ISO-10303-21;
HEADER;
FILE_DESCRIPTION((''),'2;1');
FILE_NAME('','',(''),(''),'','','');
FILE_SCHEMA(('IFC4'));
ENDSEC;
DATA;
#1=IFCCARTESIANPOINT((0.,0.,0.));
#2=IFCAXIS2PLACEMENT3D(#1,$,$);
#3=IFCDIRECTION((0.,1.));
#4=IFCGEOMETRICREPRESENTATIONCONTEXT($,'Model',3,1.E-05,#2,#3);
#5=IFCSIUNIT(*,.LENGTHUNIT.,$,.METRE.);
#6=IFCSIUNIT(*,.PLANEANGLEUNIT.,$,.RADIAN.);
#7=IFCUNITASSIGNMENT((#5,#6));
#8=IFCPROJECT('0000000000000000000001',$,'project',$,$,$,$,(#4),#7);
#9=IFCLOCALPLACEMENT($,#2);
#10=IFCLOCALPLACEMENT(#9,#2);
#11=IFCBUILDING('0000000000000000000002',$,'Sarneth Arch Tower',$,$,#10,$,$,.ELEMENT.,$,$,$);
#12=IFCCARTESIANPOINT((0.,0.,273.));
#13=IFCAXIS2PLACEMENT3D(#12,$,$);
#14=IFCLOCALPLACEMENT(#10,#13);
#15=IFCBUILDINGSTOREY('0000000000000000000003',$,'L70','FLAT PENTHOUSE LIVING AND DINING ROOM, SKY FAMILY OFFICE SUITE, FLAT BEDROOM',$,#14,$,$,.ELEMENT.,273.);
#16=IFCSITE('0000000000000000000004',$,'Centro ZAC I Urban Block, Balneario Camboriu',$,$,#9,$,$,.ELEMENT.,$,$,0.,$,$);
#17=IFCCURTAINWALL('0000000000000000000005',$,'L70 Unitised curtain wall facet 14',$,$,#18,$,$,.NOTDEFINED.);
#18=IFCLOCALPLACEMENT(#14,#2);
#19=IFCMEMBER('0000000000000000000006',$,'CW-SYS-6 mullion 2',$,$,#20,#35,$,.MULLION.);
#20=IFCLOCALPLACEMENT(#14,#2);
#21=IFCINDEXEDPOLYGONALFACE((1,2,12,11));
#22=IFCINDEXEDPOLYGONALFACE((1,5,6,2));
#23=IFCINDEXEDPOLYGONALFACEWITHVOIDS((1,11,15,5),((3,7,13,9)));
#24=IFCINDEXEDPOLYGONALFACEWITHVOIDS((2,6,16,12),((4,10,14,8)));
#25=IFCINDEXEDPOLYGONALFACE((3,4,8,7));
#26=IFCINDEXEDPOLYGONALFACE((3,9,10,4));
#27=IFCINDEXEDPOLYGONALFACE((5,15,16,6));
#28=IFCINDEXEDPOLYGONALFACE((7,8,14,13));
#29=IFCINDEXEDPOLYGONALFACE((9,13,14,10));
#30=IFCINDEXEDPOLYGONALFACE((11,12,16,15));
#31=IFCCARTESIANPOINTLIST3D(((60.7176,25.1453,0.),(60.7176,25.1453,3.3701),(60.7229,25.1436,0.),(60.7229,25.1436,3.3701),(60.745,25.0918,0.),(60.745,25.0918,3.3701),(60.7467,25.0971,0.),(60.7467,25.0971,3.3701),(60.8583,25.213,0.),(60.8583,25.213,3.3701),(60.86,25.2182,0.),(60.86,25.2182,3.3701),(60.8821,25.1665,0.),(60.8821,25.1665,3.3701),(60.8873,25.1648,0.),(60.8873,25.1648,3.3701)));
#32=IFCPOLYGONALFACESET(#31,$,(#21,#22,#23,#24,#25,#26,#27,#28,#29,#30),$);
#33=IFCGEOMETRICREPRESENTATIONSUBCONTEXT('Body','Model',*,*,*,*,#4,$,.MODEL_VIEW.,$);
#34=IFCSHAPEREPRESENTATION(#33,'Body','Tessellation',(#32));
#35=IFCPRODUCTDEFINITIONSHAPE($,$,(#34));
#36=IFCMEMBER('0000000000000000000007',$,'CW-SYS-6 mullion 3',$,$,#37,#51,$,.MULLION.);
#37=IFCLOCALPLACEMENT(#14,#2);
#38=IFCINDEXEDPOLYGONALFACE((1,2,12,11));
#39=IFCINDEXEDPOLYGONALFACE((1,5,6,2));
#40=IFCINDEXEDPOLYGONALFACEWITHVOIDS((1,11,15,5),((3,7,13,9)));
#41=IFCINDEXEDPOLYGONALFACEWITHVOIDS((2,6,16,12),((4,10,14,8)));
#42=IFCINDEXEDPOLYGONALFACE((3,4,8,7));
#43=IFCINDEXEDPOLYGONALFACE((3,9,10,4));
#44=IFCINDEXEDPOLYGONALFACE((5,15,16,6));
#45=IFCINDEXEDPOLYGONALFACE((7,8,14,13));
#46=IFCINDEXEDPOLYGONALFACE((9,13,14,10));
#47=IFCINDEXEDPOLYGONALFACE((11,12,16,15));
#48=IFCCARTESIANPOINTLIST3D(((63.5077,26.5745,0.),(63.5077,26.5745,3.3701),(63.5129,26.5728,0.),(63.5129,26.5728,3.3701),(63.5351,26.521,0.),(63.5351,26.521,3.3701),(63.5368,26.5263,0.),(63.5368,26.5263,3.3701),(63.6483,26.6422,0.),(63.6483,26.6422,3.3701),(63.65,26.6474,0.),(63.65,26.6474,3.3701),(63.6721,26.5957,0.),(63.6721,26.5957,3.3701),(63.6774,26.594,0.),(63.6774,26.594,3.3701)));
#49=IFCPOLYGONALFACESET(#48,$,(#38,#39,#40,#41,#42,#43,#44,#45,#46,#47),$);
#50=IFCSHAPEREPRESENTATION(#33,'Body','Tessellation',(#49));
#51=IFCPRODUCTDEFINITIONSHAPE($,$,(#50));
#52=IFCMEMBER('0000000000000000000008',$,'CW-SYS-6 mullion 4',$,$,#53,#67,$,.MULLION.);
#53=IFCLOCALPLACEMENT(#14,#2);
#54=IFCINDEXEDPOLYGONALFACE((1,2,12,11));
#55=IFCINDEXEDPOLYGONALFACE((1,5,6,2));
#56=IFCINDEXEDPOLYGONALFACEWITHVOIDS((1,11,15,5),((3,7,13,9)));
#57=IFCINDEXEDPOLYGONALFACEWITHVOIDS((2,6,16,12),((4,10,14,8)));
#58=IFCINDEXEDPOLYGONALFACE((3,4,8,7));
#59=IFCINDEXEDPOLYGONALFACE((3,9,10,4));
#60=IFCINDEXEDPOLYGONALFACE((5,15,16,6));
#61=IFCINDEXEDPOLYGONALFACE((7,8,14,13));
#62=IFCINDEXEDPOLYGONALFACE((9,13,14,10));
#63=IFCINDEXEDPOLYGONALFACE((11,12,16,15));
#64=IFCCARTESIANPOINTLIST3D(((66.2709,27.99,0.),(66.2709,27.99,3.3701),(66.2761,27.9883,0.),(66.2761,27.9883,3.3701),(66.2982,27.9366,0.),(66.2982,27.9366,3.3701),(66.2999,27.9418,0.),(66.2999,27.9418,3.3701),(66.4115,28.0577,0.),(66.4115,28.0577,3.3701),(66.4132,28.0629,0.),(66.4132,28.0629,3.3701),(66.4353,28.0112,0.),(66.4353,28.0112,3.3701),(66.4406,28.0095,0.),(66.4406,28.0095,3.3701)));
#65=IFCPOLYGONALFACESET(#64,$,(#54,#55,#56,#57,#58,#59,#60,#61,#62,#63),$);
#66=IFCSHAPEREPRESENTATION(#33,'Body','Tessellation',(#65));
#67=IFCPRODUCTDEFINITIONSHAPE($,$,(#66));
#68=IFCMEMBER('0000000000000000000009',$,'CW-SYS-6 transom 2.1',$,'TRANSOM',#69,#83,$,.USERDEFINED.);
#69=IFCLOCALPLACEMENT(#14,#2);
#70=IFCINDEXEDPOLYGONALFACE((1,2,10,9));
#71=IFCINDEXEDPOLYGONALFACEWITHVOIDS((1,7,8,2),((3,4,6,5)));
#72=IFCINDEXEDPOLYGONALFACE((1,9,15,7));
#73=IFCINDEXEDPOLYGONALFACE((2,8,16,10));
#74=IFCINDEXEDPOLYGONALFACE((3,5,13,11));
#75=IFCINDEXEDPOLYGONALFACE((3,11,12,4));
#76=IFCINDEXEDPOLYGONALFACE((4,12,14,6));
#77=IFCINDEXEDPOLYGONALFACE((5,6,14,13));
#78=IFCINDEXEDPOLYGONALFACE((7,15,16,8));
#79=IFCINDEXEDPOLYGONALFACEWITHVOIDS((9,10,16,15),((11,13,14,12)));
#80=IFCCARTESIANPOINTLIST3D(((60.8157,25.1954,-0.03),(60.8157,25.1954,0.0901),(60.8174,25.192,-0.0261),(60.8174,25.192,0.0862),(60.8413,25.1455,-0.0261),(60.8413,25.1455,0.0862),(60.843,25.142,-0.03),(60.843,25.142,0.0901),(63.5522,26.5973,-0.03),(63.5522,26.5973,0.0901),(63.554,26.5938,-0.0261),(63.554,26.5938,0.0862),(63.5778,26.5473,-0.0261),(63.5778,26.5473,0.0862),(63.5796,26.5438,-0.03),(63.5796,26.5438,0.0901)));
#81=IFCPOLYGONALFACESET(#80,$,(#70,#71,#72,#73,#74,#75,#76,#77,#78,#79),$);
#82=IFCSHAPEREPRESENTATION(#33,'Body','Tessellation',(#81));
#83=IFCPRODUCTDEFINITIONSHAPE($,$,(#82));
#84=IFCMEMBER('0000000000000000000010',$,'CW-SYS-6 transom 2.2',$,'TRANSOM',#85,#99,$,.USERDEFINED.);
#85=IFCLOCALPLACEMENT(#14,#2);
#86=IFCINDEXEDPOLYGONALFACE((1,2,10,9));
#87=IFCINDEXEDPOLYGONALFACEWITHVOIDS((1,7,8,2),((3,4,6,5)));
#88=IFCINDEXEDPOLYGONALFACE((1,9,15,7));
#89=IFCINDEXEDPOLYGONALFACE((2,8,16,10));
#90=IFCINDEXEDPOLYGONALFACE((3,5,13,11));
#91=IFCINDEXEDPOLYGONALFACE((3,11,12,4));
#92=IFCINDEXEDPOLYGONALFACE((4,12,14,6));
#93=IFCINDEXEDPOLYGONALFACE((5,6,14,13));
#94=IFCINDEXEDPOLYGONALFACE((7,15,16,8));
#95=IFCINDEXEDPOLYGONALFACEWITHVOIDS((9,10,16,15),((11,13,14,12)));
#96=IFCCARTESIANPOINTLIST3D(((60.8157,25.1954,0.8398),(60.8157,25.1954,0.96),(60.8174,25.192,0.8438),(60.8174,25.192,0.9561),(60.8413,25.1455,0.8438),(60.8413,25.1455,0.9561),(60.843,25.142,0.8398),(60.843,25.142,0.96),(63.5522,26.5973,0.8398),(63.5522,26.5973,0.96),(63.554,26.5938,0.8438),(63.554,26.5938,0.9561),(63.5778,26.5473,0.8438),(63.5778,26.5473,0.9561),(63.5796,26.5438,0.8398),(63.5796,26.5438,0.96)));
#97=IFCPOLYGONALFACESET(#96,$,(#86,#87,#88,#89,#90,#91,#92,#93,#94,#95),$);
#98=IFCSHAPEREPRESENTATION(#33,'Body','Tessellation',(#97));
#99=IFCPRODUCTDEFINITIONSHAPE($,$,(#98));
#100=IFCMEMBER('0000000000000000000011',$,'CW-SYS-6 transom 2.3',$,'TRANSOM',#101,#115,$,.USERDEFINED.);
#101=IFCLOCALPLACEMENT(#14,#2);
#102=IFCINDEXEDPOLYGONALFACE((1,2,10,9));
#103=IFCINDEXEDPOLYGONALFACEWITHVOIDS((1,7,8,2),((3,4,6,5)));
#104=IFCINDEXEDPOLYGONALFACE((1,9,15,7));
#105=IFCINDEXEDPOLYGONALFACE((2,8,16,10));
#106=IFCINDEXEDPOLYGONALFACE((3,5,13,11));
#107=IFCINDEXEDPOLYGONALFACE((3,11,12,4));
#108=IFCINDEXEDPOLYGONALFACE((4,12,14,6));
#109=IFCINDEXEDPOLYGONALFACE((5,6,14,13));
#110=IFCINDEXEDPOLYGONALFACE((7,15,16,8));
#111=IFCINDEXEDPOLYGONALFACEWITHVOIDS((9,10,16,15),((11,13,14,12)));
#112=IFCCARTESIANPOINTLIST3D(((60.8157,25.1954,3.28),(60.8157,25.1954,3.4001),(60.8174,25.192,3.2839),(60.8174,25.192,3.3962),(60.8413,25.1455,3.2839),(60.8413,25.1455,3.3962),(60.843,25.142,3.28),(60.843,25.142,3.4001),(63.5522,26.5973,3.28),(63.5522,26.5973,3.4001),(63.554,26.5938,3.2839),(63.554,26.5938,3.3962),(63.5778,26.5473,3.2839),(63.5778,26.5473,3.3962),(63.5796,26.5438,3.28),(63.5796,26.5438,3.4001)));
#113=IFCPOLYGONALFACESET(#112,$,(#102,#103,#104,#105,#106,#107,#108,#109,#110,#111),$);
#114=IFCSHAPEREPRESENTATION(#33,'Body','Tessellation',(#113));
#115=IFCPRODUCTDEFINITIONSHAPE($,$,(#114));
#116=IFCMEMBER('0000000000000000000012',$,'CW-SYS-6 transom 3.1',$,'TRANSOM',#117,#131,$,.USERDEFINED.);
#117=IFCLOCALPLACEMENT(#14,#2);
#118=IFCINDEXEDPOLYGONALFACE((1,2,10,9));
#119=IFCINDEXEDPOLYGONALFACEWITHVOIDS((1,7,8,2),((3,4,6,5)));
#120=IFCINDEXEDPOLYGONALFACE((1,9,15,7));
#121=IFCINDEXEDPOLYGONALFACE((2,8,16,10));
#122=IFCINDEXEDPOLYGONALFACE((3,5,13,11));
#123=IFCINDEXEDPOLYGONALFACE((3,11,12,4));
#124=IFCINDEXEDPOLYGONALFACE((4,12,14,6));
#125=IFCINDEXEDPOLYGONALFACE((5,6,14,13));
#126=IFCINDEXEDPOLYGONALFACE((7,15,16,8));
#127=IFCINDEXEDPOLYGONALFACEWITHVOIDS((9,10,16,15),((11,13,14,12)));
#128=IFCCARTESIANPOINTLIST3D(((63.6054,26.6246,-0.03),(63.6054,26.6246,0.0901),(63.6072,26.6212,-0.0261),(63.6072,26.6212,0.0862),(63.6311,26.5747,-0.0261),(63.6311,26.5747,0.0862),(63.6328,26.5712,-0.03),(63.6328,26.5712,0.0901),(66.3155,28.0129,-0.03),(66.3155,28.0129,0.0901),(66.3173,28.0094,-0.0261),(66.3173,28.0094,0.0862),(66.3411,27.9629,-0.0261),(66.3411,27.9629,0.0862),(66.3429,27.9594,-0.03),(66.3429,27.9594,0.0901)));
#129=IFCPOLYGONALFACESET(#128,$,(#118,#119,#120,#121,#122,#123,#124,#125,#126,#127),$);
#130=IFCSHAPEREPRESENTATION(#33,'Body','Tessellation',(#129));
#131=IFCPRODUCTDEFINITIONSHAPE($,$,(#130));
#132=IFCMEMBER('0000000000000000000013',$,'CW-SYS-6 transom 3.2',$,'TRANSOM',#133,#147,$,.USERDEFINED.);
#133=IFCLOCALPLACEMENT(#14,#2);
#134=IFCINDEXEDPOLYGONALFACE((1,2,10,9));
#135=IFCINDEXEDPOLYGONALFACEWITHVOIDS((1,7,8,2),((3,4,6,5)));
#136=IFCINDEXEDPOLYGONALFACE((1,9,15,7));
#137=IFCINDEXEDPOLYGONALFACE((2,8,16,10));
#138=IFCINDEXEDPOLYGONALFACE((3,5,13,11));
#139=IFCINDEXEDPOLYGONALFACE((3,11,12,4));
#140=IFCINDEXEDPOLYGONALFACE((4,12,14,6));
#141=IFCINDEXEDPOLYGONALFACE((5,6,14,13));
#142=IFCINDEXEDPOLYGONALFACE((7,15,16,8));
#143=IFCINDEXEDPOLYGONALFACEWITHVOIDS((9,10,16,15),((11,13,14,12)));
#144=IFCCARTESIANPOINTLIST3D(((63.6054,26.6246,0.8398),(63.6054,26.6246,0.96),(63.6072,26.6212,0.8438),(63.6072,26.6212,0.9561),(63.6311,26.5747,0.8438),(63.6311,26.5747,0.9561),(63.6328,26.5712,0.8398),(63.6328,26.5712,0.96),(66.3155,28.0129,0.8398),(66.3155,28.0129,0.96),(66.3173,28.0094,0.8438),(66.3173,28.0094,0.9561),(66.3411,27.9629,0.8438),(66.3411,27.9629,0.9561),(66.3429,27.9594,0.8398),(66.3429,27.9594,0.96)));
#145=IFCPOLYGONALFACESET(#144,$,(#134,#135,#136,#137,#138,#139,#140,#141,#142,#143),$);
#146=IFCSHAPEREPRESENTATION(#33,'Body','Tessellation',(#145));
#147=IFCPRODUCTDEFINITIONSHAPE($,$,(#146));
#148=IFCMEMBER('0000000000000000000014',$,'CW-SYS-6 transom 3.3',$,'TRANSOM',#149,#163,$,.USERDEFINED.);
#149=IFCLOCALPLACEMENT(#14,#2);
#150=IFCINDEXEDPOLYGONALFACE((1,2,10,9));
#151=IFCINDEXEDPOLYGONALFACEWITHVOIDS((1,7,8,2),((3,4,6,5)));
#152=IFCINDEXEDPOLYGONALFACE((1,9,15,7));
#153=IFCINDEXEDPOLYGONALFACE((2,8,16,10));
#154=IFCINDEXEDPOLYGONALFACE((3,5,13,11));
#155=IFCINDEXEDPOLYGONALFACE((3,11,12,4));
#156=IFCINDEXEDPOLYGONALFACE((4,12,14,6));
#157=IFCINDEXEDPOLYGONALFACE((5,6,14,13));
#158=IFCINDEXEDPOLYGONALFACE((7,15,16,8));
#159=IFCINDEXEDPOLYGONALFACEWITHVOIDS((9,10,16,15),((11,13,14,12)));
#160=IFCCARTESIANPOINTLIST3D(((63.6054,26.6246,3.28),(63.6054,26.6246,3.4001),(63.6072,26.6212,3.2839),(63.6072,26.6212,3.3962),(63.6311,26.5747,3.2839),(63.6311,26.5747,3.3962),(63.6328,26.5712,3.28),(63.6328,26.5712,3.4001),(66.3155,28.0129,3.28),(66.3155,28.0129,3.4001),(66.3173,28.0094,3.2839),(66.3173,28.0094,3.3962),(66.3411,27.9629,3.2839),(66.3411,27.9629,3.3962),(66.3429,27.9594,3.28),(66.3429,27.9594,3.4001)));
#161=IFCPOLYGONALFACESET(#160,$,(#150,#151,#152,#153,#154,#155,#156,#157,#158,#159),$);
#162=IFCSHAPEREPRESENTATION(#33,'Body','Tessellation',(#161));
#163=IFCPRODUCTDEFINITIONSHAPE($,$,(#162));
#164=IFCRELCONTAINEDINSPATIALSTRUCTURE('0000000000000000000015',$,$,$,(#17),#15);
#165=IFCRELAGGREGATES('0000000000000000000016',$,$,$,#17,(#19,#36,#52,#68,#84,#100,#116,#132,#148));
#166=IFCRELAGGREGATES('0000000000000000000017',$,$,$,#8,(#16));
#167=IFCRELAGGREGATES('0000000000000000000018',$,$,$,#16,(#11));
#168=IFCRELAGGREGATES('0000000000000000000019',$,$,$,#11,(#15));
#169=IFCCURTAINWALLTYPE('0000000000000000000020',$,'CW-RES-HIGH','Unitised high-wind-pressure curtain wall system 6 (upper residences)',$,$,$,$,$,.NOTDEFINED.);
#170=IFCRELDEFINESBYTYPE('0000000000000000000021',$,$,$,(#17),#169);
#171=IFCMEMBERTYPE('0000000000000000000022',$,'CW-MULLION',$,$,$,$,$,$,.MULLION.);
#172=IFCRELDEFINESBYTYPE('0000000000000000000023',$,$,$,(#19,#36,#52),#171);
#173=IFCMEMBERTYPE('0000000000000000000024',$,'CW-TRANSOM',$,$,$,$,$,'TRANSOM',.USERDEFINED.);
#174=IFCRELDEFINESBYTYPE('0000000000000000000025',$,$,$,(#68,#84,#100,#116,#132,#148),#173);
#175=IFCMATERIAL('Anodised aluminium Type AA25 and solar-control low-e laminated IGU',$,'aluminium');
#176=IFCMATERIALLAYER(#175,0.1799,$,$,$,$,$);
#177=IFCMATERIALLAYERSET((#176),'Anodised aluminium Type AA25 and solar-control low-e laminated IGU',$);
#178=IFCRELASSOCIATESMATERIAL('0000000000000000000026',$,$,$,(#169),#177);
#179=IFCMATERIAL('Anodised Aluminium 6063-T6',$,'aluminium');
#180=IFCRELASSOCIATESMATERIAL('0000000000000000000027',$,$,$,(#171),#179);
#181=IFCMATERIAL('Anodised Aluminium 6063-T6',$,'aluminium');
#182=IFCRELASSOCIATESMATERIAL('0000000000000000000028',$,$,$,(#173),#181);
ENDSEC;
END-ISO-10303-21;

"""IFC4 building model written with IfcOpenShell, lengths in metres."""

from ifc_helpers import new_model, si_unit, direction, frame, origin, origin_2d, place, context, subcontext, project, spatial, hollow_rectangle, extrude, material, layer, layer_set, material_profile, profile_set, type_object, element, aggregate, save


model = new_model("IFC4")

# Units and contexts
model_context = context("Model", 3, precision=1e-05, world=origin(), true_north=direction((0.0, 1.0)))
body_context = subcontext(model_context, "Body", "Model", "MODEL_VIEW")
ifc_project = project(units=[si_unit("LENGTHUNIT", "METRE"), si_unit("PLANEANGLEUNIT", "RADIAN")], contexts=[model_context])

# Site, building, storey
site_placement = place(None, origin())
site = spatial("IfcSite", under=ifc_project, at=site_placement, Name="Centro ZAC I Urban Block, Balneario Camboriu", CompositionType="ELEMENT", RefElevation=0.0)
building_placement = place(site_placement, origin())
building = spatial("IfcBuilding", under=site, at=building_placement, Name="Sarneth Arch Tower", CompositionType="ELEMENT")
storey_placement = place(building_placement, frame((0.0, 0.0, 273.0)))
storey = spatial("IfcBuildingStorey", under=building, at=storey_placement, Name="L70", Description="FLAT PENTHOUSE LIVING AND DINING ROOM, SKY FAMILY OFFICE SUITE, FLAT BEDROOM", CompositionType="ELEMENT", Elevation=273.0)

# Curtain wall, members
ifc_material_1 = material(Name="Anodised aluminium Type AA25 and solar-control low-e laminated IGU", Category="aluminium")
ifc_layer_1 = layer(ifc_material_1, 0.1799)
ifc_layer_set_1 = layer_set([ifc_layer_1], Name="Anodised aluminium Type AA25 and solar-control low-e laminated IGU")
curtain_wall_type = type_object("IfcCurtainWallType", Name="CW-RES-HIGH", Description="Unitised high-wind-pressure curtain wall system 6 (upper residences)", PredefinedType="NOTDEFINED", material=ifc_layer_set_1)
curtain_wall_placement = place(storey_placement, origin())
curtain_wall = element("IfcCurtainWall", 1, at=curtain_wall_placement, inside=storey, type_object=curtain_wall_type, Name="L70 Unitised curtain wall facet 14", PredefinedType="NOTDEFINED")
ifc_material_2 = material(Name="Anodised Aluminium 6063-T6", Category="aluminium")
ifc_material_profile_1 = material_profile(ifc_material_2, hollow_rectangle(XDim=0.0601, YDim=0.1599, WallThickness=0.0039, at=origin_2d()), Name="AL-MULL-160x60x4")
ifc_profile_set_1 = profile_set([ifc_material_profile_1], Name="Anodised Aluminium 6063-T6")
member_type_1 = type_object("IfcMemberType", Name="CW-MULLION", PredefinedType="MULLION", material=ifc_profile_set_1)
member_1_placement = place(storey_placement, frame((60.8025, 25.155, 0.0), z_axis=(0.0, 0.0, 1.0), x_axis=(-0.455942, 0.89001, 0.0)))
member_1 = element("IfcMember", 2, at=member_1_placement, type_object=member_type_1, Name="CW-SYS-6 mullion 2", PredefinedType="MULLION", context=body_context, shape_type="SweptSolid", body=[
    extrude(hollow_rectangle(XDim=0.0601, YDim=0.1599, WallThickness=0.0039, at=origin_2d()), origin(), (0.0, 0.0, 1.0), 3.3701),
])
member_2_placement = place(storey_placement, frame((63.5925, 26.5842, 0.0), z_axis=(0.0, 0.0, 1.0), x_axis=(-0.455942, 0.89001, 0.0)))
member_2 = element("IfcMember", 3, at=member_2_placement, type_object=member_type_1, Name="CW-SYS-6 mullion 3", PredefinedType="MULLION", context=body_context, shape_type="SweptSolid", body=[
    extrude(hollow_rectangle(XDim=0.0601, YDim=0.1599, WallThickness=0.0039, at=origin_2d()), origin(), (0.0, 0.0, 1.0), 3.3701),
])
member_3_placement = place(storey_placement, frame((66.3557, 27.9998, 0.0), z_axis=(0.0, 0.0, 1.0), x_axis=(-0.455942, 0.89001, 0.0)))
member_3 = element("IfcMember", 4, at=member_3_placement, type_object=member_type_1, Name="CW-SYS-6 mullion 4", PredefinedType="MULLION", context=body_context, shape_type="SweptSolid", body=[
    extrude(hollow_rectangle(XDim=0.0601, YDim=0.1599, WallThickness=0.0039, at=origin_2d()), origin(), (0.0, 0.0, 1.0), 3.3701),
])
ifc_material_3 = material(Name="Anodised Aluminium 6063-T6", Category="aluminium")
ifc_material_profile_2 = material_profile(ifc_material_3, hollow_rectangle(XDim=0.0601, YDim=0.1201, WallThickness=0.0039, at=origin_2d()), Name="AL-TRAN-120x60x4")
ifc_profile_set_2 = profile_set([ifc_material_profile_2], Name="Anodised Aluminium 6063-T6")
member_type_2 = type_object("IfcMemberType", Name="CW-TRANSOM", ElementType="TRANSOM", PredefinedType="USERDEFINED", material=ifc_profile_set_2)
member_4_placement = place(storey_placement, frame((60.8293, 25.1687, 0.03), z_axis=(0.890017, 0.455926, 0.0), x_axis=(-0.455926, 0.890017, 0.0)))
member_4 = element("IfcMember", 5, at=member_4_placement, type_object=member_type_2, Name="CW-SYS-6 transom 2.1", ObjectType="TRANSOM", PredefinedType="USERDEFINED", context=body_context, shape_type="SweptSolid", body=[
    extrude(hollow_rectangle(XDim=0.0601, YDim=0.1201, WallThickness=0.0039, at=origin_2d()), origin(), (0.0, 0.0, 1.0), 3.0747),
])
member_5_placement = place(storey_placement, frame((60.8293, 25.1687, 0.8999), z_axis=(0.890017, 0.455926, 0.0), x_axis=(-0.455926, 0.890017, 0.0)))
member_5 = element("IfcMember", 6, at=member_5_placement, type_object=member_type_2, Name="CW-SYS-6 transom 2.2", ObjectType="TRANSOM", PredefinedType="USERDEFINED", context=body_context, shape_type="SweptSolid", body=[
    extrude(hollow_rectangle(XDim=0.0601, YDim=0.1201, WallThickness=0.0039, at=origin_2d()), origin(), (0.0, 0.0, 1.0), 3.0747),
])
member_6_placement = place(storey_placement, frame((60.8293, 25.1687, 3.3401), z_axis=(0.890017, 0.455926, 0.0), x_axis=(-0.455926, 0.890017, 0.0)))
member_6 = element("IfcMember", 7, at=member_6_placement, type_object=member_type_2, Name="CW-SYS-6 transom 2.3", ObjectType="TRANSOM", PredefinedType="USERDEFINED", context=body_context, shape_type="SweptSolid", body=[
    extrude(hollow_rectangle(XDim=0.0601, YDim=0.1201, WallThickness=0.0039, at=origin_2d()), origin(), (0.0, 0.0, 1.0), 3.0747),
])
member_7_placement = place(storey_placement, frame((63.6191, 26.5979, 0.03), z_axis=(0.890023, 0.455916, 0.0), x_axis=(-0.455916, 0.890023, 0.0)))
member_7 = element("IfcMember", 8, at=member_7_placement, type_object=member_type_2, Name="CW-SYS-6 transom 3.1", ObjectType="TRANSOM", PredefinedType="USERDEFINED", context=body_context, shape_type="SweptSolid", body=[
    extrude(hollow_rectangle(XDim=0.0601, YDim=0.1201, WallThickness=0.0039, at=origin_2d()), origin(), (0.0, 0.0, 1.0), 3.0449),
])
member_8_placement = place(storey_placement, frame((63.6191, 26.5979, 0.8999), z_axis=(0.890023, 0.455916, 0.0), x_axis=(-0.455916, 0.890023, 0.0)))
member_8 = element("IfcMember", 9, at=member_8_placement, type_object=member_type_2, Name="CW-SYS-6 transom 3.2", ObjectType="TRANSOM", PredefinedType="USERDEFINED", context=body_context, shape_type="SweptSolid", body=[
    extrude(hollow_rectangle(XDim=0.0601, YDim=0.1201, WallThickness=0.0039, at=origin_2d()), origin(), (0.0, 0.0, 1.0), 3.0449),
])
member_9_placement = place(storey_placement, frame((63.6191, 26.5979, 3.3401), z_axis=(0.890023, 0.455916, 0.0), x_axis=(-0.455916, 0.890023, 0.0)))
member_9 = element("IfcMember", 10, at=member_9_placement, type_object=member_type_2, Name="CW-SYS-6 transom 3.3", ObjectType="TRANSOM", PredefinedType="USERDEFINED", context=body_context, shape_type="SweptSolid", body=[
    extrude(hollow_rectangle(XDim=0.0601, YDim=0.1201, WallThickness=0.0039, at=origin_2d()), origin(), (0.0, 0.0, 1.0), 3.0449),
])

aggregate(curtain_wall, [member_1, member_2, member_3, member_4, member_5, member_6, member_7, member_8, member_9])

save(model, "model.ifc")
